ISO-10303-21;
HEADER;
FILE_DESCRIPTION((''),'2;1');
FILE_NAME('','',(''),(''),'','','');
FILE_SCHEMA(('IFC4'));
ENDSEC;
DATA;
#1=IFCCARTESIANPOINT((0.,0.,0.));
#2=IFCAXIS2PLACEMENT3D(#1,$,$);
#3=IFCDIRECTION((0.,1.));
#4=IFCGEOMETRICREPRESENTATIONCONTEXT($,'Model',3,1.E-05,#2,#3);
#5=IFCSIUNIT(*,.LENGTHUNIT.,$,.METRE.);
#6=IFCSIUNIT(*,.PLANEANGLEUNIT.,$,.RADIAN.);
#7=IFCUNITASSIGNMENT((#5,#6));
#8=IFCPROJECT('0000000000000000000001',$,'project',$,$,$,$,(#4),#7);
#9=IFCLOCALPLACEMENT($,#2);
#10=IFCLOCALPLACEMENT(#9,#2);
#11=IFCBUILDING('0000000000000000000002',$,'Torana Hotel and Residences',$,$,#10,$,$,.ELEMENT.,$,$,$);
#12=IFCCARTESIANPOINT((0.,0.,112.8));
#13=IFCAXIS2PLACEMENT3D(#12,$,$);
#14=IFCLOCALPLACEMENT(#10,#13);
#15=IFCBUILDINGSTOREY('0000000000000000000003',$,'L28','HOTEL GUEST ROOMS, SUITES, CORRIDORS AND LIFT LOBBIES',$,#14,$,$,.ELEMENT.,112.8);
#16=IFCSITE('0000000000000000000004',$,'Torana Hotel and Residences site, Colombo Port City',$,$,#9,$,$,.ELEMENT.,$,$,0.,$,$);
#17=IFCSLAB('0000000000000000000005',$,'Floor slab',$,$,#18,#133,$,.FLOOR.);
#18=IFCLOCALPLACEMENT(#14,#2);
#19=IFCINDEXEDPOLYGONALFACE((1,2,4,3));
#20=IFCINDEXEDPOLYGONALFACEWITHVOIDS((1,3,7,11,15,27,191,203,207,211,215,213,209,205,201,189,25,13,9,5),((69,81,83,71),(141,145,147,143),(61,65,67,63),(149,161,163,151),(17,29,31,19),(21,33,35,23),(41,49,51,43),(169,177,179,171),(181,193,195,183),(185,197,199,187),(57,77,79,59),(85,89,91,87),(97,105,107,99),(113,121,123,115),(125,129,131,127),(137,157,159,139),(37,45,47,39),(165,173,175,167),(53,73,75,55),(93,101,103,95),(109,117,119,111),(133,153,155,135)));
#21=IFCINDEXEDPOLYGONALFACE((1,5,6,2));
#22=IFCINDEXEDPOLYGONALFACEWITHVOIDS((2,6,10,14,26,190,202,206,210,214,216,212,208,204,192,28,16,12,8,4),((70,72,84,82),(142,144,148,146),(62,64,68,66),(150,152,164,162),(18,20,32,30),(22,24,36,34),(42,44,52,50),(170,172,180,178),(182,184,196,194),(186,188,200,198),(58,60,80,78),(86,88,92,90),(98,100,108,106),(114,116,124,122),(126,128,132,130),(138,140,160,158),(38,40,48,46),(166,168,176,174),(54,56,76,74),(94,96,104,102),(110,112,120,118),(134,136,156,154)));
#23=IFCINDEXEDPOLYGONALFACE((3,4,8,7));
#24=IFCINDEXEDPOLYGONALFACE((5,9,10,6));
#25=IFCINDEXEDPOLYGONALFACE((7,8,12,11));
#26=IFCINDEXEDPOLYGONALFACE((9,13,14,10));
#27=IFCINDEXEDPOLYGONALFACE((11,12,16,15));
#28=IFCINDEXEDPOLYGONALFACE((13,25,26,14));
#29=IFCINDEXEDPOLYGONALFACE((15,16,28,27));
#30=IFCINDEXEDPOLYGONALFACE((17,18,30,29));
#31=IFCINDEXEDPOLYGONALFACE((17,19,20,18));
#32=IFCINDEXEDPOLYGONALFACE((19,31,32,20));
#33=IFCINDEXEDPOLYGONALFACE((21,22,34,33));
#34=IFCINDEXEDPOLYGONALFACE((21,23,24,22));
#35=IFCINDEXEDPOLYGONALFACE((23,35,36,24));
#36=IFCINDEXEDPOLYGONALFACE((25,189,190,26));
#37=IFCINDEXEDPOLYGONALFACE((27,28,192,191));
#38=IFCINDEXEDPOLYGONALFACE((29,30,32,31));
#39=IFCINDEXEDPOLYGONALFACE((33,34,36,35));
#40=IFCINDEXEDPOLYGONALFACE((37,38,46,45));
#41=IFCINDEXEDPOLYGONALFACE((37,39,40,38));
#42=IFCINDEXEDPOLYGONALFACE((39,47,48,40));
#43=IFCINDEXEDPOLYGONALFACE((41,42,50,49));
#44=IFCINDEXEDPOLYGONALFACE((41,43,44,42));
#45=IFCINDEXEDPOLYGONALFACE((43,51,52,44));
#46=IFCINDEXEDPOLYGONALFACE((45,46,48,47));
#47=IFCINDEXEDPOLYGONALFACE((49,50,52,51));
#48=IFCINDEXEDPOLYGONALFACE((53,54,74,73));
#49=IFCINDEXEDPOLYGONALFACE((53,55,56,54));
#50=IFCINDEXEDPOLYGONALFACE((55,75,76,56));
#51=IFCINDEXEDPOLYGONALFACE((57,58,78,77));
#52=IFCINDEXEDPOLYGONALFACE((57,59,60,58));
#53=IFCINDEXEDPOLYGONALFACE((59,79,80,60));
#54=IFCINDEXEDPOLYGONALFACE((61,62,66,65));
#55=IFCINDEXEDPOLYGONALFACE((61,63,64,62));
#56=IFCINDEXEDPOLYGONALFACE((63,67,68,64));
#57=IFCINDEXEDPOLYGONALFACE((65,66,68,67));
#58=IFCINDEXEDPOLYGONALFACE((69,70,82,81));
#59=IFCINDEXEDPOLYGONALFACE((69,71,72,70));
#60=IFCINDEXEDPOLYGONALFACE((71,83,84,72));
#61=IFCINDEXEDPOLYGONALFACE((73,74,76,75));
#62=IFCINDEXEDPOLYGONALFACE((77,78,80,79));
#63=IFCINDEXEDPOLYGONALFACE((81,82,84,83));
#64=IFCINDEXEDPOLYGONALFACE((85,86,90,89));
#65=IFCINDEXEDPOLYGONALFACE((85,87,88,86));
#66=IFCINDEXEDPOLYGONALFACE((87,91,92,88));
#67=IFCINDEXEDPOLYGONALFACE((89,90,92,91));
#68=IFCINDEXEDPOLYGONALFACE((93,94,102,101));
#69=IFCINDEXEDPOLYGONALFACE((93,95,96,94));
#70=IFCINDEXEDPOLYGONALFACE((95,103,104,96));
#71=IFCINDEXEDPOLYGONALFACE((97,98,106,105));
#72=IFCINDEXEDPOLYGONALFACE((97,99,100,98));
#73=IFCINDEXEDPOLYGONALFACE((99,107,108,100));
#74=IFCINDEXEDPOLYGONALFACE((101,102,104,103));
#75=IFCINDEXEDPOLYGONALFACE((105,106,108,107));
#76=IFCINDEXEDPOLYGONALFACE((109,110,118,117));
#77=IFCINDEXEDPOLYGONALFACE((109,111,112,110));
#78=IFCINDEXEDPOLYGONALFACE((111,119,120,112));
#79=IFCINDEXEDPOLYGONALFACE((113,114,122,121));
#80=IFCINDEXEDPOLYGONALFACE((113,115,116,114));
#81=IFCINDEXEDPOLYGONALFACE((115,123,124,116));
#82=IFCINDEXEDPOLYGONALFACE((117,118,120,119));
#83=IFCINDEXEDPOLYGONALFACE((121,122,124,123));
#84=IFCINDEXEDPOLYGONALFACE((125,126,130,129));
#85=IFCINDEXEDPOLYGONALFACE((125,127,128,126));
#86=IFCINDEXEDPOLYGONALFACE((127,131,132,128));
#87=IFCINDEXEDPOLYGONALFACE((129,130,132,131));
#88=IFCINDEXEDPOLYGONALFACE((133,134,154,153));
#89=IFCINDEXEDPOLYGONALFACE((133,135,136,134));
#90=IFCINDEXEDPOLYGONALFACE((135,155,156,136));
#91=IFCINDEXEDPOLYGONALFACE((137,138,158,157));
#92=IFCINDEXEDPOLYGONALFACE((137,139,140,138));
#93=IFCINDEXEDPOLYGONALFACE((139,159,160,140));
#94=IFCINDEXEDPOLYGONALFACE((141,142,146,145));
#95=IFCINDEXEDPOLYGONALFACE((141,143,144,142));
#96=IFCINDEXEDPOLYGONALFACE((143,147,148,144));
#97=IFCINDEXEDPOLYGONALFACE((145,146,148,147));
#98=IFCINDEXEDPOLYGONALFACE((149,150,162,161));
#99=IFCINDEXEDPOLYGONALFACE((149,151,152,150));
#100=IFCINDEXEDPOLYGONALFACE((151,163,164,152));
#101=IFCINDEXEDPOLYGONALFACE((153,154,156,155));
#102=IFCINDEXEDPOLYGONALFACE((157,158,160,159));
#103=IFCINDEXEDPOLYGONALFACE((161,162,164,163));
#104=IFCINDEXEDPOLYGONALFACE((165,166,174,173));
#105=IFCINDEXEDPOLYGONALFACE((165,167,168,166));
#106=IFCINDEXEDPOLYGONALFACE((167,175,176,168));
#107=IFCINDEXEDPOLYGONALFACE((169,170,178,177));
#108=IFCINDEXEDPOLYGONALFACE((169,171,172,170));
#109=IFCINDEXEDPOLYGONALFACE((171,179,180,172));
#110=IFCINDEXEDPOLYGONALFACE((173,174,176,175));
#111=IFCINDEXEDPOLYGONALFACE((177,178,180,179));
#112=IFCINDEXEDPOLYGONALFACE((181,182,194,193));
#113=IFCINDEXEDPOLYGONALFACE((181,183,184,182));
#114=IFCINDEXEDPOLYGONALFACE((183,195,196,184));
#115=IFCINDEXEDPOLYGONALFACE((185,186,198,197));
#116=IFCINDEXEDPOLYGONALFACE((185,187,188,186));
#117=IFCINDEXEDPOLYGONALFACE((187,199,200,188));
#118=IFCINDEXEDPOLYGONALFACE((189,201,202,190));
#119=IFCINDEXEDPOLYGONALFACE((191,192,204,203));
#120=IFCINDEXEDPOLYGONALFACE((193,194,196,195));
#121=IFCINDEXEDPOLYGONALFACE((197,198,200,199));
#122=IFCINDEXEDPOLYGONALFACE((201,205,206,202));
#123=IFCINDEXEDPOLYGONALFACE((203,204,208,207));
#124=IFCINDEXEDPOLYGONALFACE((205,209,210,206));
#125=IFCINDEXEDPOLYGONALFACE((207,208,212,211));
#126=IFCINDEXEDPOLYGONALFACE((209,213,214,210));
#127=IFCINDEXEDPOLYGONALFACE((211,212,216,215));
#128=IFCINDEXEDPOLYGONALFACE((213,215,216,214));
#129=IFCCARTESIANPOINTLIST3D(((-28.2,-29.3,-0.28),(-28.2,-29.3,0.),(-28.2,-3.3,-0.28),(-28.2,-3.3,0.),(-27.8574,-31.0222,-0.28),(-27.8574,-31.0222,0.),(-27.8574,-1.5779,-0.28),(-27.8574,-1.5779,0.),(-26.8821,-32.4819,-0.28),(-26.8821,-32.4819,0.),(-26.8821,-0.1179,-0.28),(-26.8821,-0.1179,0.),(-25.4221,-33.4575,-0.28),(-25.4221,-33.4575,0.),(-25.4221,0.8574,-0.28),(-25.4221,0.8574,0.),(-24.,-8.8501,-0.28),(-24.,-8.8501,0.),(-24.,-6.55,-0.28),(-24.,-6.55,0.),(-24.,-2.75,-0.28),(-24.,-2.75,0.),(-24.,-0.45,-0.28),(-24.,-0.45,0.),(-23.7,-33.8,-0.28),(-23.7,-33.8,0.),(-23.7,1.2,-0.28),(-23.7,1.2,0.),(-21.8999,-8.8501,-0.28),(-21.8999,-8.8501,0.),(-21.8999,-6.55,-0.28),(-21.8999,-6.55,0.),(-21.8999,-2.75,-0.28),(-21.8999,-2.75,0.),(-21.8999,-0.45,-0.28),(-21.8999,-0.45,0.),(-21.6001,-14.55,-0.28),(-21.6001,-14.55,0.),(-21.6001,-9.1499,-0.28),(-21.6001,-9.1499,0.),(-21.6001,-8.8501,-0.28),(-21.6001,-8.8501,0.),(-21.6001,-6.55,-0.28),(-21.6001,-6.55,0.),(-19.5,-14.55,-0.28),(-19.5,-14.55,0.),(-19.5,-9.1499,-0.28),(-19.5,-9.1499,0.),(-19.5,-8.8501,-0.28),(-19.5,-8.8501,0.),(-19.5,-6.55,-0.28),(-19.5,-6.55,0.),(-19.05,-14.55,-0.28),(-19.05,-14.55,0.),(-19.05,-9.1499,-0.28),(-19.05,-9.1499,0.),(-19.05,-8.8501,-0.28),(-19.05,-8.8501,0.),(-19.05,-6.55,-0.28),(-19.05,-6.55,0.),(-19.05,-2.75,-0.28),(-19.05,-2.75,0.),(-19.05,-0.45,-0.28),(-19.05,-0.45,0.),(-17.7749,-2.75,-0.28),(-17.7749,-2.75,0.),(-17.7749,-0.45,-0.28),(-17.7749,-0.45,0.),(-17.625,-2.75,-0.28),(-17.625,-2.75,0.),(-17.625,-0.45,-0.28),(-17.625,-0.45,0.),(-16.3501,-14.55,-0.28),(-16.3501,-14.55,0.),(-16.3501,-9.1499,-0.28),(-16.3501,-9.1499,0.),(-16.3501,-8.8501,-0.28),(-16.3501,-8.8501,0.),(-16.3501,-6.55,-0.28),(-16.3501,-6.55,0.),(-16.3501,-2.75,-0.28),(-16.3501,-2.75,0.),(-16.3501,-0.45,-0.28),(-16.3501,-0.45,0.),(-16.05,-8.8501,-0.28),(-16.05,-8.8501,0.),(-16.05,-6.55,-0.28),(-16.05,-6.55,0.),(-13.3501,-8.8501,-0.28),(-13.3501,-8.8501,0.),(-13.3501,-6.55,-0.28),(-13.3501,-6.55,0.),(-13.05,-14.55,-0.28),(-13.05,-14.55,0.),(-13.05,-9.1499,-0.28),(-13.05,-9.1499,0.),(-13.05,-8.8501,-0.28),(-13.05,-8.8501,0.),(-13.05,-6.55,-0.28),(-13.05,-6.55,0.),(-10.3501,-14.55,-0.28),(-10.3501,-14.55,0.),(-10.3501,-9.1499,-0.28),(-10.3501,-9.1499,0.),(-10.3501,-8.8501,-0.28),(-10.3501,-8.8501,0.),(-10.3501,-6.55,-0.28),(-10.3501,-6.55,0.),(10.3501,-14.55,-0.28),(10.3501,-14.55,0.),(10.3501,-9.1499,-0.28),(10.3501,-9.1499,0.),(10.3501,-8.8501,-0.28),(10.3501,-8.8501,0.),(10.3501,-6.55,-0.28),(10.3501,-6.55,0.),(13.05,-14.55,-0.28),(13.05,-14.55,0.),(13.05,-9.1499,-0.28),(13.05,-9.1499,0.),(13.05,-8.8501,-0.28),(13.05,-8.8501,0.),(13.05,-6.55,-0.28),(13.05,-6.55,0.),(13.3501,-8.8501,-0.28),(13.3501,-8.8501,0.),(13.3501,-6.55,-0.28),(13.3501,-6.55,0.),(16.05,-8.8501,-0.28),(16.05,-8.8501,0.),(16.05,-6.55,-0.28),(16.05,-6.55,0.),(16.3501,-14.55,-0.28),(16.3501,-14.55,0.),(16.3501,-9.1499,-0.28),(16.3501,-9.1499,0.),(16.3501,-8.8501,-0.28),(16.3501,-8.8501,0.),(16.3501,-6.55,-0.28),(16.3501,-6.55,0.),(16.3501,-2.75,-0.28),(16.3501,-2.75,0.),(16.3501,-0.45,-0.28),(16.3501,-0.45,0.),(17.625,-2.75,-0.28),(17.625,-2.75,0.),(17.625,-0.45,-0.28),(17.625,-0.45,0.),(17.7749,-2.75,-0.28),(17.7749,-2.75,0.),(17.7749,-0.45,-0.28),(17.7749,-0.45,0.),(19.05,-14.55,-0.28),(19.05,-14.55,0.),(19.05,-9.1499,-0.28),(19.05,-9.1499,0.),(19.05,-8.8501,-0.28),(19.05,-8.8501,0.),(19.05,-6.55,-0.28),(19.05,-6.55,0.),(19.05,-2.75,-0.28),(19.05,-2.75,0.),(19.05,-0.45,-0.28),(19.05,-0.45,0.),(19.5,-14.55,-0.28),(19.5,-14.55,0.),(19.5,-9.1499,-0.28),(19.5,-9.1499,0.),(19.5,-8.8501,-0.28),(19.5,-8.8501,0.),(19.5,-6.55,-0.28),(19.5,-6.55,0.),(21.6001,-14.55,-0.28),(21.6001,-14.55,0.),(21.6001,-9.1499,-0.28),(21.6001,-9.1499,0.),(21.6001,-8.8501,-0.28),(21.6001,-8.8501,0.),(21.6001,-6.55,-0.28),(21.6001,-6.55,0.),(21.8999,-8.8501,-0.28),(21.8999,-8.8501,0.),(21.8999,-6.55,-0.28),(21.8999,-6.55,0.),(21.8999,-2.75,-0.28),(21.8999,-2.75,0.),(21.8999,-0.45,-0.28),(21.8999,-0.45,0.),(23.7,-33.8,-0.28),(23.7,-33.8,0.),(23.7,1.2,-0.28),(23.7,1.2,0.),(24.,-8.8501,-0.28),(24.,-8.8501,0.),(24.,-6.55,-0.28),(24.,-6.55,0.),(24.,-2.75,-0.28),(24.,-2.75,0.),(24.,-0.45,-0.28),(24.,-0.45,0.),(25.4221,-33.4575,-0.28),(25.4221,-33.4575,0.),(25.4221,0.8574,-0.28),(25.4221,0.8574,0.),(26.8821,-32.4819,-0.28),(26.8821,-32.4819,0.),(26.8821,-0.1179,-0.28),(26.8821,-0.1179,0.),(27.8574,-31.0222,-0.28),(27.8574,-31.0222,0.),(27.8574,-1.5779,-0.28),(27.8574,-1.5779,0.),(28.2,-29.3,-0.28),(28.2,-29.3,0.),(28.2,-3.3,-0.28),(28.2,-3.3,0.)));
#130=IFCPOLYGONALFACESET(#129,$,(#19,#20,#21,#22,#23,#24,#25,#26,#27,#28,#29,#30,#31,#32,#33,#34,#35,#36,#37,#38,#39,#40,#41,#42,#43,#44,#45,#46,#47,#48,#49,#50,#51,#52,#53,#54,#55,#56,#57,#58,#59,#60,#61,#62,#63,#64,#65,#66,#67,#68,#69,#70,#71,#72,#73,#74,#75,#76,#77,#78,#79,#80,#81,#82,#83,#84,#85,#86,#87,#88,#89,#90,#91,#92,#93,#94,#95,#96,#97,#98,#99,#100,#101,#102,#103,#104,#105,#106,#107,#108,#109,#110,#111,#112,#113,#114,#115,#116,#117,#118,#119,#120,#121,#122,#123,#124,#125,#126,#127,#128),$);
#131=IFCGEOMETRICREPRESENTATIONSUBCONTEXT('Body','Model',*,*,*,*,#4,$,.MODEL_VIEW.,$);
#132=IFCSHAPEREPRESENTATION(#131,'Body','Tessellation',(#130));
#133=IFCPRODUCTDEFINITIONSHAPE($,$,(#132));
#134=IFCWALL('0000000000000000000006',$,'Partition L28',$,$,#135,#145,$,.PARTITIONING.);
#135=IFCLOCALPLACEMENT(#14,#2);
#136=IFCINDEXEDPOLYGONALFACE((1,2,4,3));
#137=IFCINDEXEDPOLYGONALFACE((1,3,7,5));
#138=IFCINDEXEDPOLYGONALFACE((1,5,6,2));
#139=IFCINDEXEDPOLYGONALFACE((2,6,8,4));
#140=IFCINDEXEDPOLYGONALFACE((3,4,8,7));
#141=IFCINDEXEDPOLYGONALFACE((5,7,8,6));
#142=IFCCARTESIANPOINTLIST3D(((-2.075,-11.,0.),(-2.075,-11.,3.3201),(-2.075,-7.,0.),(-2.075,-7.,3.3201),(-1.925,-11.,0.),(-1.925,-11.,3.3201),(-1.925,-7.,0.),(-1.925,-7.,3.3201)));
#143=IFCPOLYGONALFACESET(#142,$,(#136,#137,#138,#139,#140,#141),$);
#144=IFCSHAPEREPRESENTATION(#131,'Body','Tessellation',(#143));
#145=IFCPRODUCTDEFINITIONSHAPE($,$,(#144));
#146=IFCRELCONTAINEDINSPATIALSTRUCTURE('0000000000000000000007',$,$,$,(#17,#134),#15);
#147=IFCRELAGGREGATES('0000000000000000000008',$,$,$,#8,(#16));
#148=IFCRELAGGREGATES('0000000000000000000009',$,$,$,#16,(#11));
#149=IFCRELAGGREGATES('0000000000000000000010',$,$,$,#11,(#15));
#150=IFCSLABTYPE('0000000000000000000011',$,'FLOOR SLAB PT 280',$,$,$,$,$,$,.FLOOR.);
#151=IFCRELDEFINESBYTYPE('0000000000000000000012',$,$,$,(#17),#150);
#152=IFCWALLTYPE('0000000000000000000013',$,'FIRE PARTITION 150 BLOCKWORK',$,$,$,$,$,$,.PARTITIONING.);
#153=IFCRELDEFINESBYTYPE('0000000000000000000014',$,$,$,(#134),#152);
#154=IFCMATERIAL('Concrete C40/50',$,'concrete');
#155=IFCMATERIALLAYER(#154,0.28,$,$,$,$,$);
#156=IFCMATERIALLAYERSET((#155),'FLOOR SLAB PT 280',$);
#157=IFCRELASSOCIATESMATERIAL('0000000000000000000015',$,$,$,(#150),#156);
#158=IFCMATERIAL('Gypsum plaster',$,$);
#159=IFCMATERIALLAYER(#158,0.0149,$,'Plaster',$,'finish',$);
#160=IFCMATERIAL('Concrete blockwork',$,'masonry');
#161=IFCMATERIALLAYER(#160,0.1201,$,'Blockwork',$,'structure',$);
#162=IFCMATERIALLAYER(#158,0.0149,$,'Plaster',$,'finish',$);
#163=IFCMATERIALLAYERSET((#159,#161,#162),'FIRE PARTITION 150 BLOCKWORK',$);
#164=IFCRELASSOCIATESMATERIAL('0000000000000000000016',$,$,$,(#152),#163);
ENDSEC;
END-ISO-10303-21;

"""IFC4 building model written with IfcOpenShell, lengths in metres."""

from ifc_helpers import new_model, si_unit, direction, frame, frame_2d, origin, place, context, subcontext, project, spatial, polyline, rectangle, outline, extrude, material, layer, layer_set, type_object, element, save


model = new_model("IFC4")

# Units and contexts
model_context = context("Model", 3, precision=1e-05, world=origin(), true_north=direction((0.0, 1.0)))
body_context = subcontext(model_context, "Body", "Model", "MODEL_VIEW")
ifc_project = project(units=[si_unit("LENGTHUNIT", "METRE"), si_unit("PLANEANGLEUNIT", "RADIAN")], contexts=[model_context])

# Site, building, storey
site_placement = place(None, origin())
site = spatial("IfcSite", under=ifc_project, at=site_placement, Name="Torana Hotel and Residences site, Colombo Port City", CompositionType="ELEMENT", RefElevation=0.0)
building_placement = place(site_placement, origin())
building = spatial("IfcBuilding", under=site, at=building_placement, Name="Torana Hotel and Residences", CompositionType="ELEMENT")
storey_placement = place(building_placement, frame((0.0, 0.0, 112.8)))
storey = spatial("IfcBuildingStorey", under=building, at=storey_placement, Name="L28", Description="HOTEL GUEST ROOMS, SUITES, CORRIDORS AND LIFT LOBBIES", CompositionType="ELEMENT", Elevation=112.8)

# Slab
ifc_material_1 = material(Name="Concrete C40/50", Category="concrete")
ifc_layer_1 = layer(ifc_material_1, 0.28)
ifc_layer_set_1 = layer_set([ifc_layer_1], Name="FLOOR SLAB PT 280")
slab_type_1 = type_object("IfcSlabType", Name="FLOOR SLAB PT 280", PredefinedType="FLOOR", material=ifc_layer_set_1)
slab_1_placement = place(storey_placement, frame((0.0, 0.0, -0.28)))
element("IfcSlab", 1, at=slab_1_placement, inside=storey, type_object=slab_type_1, Name="Floor slab", PredefinedType="FLOOR", context=body_context, shape_type="SweptSolid", body=[
    extrude(outline(polyline([(28.2, -3.3), (27.8574, -1.5779), (26.8821, -0.1179), (25.4221, 0.8574), (23.7, 1.2), (-23.7, 1.2), (-25.4221, 0.8574), (-26.8821, -0.1179), (-27.8574, -1.5779), (-28.2, -3.3), (-28.2, -29.3), (-27.8574, -31.0222), (-26.8821, -32.4819), (-25.4221, -33.4575), (-23.7, -33.8), (23.7, -33.8), (25.4221, -33.4575), (26.8821, -32.4819), (27.8574, -31.0222), (28.2, -29.3), (28.2, -3.3)]), holes=[polyline([(-13.05, -14.55), (-10.3501, -14.55), (-10.3501, -9.1499), (-13.05, -9.1499), (-13.05, -14.55)]), polyline([(-19.05, -14.55), (-16.3501, -14.55), (-16.3501, -9.1499), (-19.05, -9.1499), (-19.05, -14.55)]), polyline([(-17.625, -2.75), (-16.3501, -2.75), (-16.3501, -0.45), (-17.625, -0.45), (-17.625, -2.75)]), polyline([(-19.05, -2.75), (-17.7749, -2.75), (-17.7749, -0.45), (-19.05, -0.45), (-19.05, -2.75)]), polyline([(-21.6001, -8.8501), (-19.5, -8.8501), (-19.5, -6.55), (-21.6001, -6.55), (-21.6001, -8.8501)]), polyline([(-24.0, -2.75), (-21.8999, -2.75), (-21.8999, -0.45), (-24.0, -0.45), (-24.0, -2.75)]), polyline([(-24.0, -8.8501), (-21.8999, -8.8501), (-21.8999, -6.55), (-24.0, -6.55), (-24.0, -8.8501)]), polyline([(-13.05, -8.8501), (-10.3501, -8.8501), (-10.3501, -6.55), (-13.05, -6.55), (-13.05, -8.8501)]), polyline([(-16.05, -8.8501), (-13.3501, -8.8501), (-13.3501, -6.55), (-16.05, -6.55), (-16.05, -8.8501)]), polyline([(-19.05, -8.8501), (-16.3501, -8.8501), (-16.3501, -6.55), (-19.05, -6.55), (-19.05, -8.8501)]), polyline([(-21.6001, -14.55), (-19.5, -14.55), (-19.5, -9.1499), (-21.6001, -9.1499), (-21.6001, -14.55)]), polyline([(10.3501, -14.55), (13.05, -14.55), (13.05, -9.1499), (10.3501, -9.1499), (10.3501, -14.55)]), polyline([(16.3501, -14.55), (19.05, -14.55), (19.05, -9.1499), (16.3501, -9.1499), (16.3501, -14.55)]), polyline([(16.3501, -2.75), (17.625, -2.75), (17.625, -0.45), (16.3501, -0.45), (16.3501, -2.75)]), polyline([(17.7749, -2.75), (19.05, -2.75), (19.05, -0.45), (17.7749, -0.45), (17.7749, -2.75)]), polyline([(19.5, -8.8501), (21.6001, -8.8501), (21.6001, -6.55), (19.5, -6.55), (19.5, -8.8501)]), polyline([(21.8999, -2.75), (24.0, -2.75), (24.0, -0.45), (21.8999, -0.45), (21.8999, -2.75)]), polyline([(21.8999, -8.8501), (24.0, -8.8501), (24.0, -6.55), (21.8999, -6.55), (21.8999, -8.8501)]), polyline([(10.3501, -8.8501), (13.05, -8.8501), (13.05, -6.55), (10.3501, -6.55), (10.3501, -8.8501)]), polyline([(13.3501, -8.8501), (16.05, -8.8501), (16.05, -6.55), (13.3501, -6.55), (13.3501, -8.8501)]), polyline([(16.3501, -8.8501), (19.05, -8.8501), (19.05, -6.55), (16.3501, -6.55), (16.3501, -8.8501)]), polyline([(19.5, -14.55), (21.6001, -14.55), (21.6001, -9.1499), (19.5, -9.1499), (19.5, -14.55)])]), origin(), (0.0, 0.0, 1.0), 0.28),
])

# Wall
ifc_material_2 = material(Name="Gypsum plaster")
ifc_layer_2 = layer(ifc_material_2, 0.0149, Name="Plaster", Category="finish")
ifc_material_3 = material(Name="Concrete blockwork", Category="masonry")
ifc_layer_3 = layer(ifc_material_3, 0.1201, Name="Blockwork", Category="structure")
ifc_layer_4 = layer(ifc_material_2, 0.0149, Name="Plaster", Category="finish")
ifc_layer_set_2 = layer_set([ifc_layer_2, ifc_layer_3, ifc_layer_4], Name="FIRE PARTITION 150 BLOCKWORK")
wall_type_1 = type_object("IfcWallType", Name="FIRE PARTITION 150 BLOCKWORK", PredefinedType="PARTITIONING", material=ifc_layer_set_2)
wall_1_placement = place(storey_placement, frame((-2.0, -11.0, 0.0), z_axis=(0.0, 0.0, 1.0), x_axis=(0.0, 1.0, 0.0)))
element("IfcWall", 2, at=wall_1_placement, inside=storey, type_object=wall_type_1, Name="Partition L28", PredefinedType="PARTITIONING", context=body_context, shape_type="SweptSolid", body=[
    extrude(rectangle(XDim=4.0, YDim=0.1499, at=frame_2d((2.0, 0.0))), origin(), (0.0, 0.0, 1.0), 3.3201),
])

save(model, "model.ifc")
